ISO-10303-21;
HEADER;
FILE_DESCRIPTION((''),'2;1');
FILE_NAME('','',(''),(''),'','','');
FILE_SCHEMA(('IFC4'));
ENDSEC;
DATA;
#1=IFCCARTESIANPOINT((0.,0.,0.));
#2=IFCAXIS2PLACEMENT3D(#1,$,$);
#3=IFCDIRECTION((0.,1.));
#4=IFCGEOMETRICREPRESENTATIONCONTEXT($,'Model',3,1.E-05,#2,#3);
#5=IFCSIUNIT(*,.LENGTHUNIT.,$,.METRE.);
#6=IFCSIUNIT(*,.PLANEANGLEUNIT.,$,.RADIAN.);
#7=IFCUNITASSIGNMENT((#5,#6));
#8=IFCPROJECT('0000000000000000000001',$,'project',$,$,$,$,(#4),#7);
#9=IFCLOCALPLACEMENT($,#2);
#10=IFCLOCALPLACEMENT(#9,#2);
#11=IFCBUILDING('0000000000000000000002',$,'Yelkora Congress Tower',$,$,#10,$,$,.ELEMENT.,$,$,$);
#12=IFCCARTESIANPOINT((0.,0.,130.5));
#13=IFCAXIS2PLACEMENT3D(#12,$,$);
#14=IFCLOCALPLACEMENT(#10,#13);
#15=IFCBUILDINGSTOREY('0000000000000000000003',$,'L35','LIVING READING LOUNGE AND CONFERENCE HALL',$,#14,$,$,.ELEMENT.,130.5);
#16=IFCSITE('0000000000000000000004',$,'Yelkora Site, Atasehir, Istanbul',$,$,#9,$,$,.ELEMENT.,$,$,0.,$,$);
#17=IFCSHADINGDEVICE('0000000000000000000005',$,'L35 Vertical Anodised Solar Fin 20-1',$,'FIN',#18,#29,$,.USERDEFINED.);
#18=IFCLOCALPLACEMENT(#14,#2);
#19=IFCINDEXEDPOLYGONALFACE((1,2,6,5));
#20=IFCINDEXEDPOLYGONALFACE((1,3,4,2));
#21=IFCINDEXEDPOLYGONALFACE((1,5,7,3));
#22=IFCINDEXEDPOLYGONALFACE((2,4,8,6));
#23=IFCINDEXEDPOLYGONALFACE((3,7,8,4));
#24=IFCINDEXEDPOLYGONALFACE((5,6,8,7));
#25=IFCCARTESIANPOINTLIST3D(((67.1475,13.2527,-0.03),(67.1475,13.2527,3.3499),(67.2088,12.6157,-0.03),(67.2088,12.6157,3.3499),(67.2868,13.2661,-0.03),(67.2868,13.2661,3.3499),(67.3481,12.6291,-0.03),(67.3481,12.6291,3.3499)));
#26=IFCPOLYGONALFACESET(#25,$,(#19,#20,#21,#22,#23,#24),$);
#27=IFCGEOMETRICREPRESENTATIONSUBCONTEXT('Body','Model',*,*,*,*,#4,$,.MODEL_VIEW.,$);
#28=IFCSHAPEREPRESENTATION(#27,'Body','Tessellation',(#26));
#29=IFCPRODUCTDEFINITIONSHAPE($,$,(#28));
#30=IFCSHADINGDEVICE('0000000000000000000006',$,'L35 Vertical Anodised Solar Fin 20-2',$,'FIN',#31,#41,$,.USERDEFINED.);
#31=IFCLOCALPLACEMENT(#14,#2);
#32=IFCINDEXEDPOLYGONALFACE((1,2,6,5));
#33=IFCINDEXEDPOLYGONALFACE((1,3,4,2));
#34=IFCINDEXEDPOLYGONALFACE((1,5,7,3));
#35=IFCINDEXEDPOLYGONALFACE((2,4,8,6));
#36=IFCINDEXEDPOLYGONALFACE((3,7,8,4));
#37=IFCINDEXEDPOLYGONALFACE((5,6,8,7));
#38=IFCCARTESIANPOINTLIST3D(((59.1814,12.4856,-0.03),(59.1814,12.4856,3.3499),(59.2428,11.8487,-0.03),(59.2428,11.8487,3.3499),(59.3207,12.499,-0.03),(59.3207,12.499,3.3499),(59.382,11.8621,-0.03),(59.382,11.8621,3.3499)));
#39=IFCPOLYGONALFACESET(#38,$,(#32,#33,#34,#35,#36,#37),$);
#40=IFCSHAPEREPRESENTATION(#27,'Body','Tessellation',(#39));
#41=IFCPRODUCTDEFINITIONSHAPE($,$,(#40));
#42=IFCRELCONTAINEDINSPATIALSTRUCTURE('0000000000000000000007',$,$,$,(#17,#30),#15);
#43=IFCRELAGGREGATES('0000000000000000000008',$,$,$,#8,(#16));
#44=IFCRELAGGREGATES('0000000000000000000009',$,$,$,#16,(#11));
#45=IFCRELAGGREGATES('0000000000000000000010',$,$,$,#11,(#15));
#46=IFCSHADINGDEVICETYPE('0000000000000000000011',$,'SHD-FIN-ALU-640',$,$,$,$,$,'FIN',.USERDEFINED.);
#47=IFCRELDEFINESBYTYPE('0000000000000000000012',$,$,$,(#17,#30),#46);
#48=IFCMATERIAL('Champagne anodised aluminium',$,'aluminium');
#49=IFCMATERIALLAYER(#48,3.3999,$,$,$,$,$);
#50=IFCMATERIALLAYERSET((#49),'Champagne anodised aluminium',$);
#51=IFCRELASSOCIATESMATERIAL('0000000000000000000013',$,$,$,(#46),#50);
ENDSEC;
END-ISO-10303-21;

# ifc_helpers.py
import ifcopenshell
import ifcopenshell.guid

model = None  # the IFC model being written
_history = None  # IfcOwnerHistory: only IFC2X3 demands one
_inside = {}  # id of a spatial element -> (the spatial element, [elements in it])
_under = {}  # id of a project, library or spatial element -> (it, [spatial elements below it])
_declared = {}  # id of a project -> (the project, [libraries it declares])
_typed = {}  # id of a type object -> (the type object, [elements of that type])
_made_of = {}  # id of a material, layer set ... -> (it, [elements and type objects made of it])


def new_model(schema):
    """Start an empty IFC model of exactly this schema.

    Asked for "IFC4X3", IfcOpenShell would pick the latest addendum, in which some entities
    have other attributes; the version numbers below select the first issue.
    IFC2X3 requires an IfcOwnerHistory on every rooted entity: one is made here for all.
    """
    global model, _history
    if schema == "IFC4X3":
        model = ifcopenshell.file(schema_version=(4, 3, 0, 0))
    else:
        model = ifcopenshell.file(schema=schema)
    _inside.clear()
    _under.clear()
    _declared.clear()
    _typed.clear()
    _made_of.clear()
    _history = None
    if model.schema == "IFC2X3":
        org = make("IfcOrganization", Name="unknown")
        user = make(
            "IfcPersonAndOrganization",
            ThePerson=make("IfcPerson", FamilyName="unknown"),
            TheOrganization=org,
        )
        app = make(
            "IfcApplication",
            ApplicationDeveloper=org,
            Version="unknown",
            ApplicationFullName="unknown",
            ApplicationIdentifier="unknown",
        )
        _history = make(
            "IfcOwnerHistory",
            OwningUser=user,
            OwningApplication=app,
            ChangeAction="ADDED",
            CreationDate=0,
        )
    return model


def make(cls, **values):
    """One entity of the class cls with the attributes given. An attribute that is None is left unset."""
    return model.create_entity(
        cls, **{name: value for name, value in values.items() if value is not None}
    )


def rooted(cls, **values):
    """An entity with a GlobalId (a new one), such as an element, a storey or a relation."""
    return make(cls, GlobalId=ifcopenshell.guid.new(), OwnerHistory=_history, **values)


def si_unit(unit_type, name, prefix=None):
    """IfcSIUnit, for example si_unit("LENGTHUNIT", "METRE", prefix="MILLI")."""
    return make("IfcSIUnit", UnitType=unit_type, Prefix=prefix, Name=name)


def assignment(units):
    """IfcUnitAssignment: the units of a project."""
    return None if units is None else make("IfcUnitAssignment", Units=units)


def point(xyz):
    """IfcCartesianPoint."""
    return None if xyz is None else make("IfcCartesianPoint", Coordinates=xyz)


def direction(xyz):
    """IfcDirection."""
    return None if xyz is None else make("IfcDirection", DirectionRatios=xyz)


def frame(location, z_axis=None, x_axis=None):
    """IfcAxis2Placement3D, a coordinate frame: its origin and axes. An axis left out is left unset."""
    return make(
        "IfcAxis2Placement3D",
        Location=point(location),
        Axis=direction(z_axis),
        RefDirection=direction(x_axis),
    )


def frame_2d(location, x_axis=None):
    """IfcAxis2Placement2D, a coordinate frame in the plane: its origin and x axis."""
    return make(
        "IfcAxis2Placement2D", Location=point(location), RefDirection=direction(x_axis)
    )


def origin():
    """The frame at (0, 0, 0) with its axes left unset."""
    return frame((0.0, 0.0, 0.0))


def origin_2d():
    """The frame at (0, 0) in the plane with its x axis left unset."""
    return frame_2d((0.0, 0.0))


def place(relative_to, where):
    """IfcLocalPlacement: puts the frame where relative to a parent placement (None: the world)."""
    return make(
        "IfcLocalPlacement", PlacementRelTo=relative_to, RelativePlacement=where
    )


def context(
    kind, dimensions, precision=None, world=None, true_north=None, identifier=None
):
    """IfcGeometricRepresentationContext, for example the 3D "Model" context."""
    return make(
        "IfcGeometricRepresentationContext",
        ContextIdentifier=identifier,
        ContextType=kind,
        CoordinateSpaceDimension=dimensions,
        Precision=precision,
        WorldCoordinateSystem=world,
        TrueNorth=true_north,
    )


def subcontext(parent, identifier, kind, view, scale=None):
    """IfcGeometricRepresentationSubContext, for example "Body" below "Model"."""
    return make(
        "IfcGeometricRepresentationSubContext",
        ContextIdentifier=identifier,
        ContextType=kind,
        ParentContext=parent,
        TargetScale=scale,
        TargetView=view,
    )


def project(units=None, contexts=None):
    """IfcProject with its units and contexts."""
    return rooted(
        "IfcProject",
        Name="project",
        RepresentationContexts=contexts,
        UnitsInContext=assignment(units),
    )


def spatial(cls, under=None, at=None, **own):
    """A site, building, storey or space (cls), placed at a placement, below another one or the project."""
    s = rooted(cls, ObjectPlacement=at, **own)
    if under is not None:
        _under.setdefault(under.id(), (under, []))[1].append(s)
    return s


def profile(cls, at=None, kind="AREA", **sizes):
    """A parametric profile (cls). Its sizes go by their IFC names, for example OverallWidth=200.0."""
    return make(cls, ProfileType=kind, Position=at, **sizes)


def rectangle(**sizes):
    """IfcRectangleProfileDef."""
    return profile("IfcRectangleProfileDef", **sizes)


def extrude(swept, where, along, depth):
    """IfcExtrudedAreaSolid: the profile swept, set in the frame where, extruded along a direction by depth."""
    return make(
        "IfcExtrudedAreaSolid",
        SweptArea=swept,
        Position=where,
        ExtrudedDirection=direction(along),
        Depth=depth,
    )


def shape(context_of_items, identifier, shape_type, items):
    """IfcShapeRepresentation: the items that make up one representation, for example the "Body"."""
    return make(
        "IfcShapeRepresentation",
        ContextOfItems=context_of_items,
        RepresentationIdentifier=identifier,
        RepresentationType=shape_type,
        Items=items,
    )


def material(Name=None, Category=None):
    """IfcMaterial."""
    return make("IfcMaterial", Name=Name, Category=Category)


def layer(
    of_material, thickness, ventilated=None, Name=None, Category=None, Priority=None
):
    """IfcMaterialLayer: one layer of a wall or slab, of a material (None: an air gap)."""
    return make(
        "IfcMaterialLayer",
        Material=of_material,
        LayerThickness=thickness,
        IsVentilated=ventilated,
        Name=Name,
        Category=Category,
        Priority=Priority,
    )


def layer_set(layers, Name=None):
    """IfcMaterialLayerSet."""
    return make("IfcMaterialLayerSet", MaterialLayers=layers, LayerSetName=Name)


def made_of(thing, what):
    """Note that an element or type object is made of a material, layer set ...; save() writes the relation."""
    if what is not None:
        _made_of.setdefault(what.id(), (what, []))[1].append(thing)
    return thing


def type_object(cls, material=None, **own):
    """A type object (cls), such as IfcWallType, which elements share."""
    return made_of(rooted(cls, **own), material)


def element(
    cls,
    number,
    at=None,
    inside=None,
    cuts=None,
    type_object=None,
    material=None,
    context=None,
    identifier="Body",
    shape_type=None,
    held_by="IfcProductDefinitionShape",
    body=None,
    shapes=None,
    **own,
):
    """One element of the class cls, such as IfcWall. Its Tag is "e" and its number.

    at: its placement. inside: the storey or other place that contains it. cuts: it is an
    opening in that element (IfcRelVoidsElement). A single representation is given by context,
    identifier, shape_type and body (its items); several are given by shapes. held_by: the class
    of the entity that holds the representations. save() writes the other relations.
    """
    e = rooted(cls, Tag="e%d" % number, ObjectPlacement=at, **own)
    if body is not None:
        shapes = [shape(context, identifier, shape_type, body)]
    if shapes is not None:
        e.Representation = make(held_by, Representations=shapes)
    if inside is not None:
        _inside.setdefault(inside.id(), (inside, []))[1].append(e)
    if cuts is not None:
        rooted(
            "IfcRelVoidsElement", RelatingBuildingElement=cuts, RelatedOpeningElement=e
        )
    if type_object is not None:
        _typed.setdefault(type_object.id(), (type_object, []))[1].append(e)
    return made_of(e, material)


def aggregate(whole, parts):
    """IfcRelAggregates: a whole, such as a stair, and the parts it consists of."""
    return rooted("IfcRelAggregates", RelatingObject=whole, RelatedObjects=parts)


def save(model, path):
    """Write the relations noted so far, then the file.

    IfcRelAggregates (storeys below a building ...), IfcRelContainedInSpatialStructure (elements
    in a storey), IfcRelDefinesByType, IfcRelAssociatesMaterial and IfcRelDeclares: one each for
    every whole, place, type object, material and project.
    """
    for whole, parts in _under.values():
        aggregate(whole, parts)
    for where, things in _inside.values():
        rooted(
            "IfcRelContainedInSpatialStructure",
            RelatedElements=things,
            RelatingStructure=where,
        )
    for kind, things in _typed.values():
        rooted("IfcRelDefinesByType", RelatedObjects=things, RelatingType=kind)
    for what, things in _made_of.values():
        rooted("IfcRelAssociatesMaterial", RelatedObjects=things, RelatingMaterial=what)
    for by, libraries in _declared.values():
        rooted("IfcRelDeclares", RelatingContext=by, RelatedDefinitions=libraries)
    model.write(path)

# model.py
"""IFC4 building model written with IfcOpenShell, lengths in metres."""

from ifc_helpers import new_model, si_unit, direction, frame, origin, origin_2d, place, context, subcontext, project, spatial, rectangle, extrude, material, layer, layer_set, type_object, element, save


model = new_model("IFC4")

# Units and contexts
model_context = context("Model", 3, precision=1e-05, world=origin(), true_north=direction((0.0, 1.0)))
body_context = subcontext(model_context, "Body", "Model", "MODEL_VIEW")
ifc_project = project(units=[si_unit("LENGTHUNIT", "METRE"), si_unit("PLANEANGLEUNIT", "RADIAN")], contexts=[model_context])

# Site, building, storey
site_placement = place(None, origin())
site = spatial("IfcSite", under=ifc_project, at=site_placement, Name="Yelkora Site, Atasehir, Istanbul", CompositionType="ELEMENT", RefElevation=0.0)
building_placement = place(site_placement, origin())
building = spatial("IfcBuilding", under=site, at=building_placement, Name="Yelkora Congress Tower", CompositionType="ELEMENT")
storey_placement = place(building_placement, frame((0.0, 0.0, 130.5)))
storey = spatial("IfcBuildingStorey", under=building, at=storey_placement, Name="L35", Description="LIVING READING LOUNGE AND CONFERENCE HALL", CompositionType="ELEMENT", Elevation=130.5)

# Shading devices
ifc_material_1 = material(Name="Champagne anodised aluminium", Category="aluminium")
ifc_layer_1 = layer(ifc_material_1, 3.3999)
ifc_layer_set_1 = layer_set([ifc_layer_1], Name="Champagne anodised aluminium")
shading_device_type = type_object("IfcShadingDeviceType", Name="SHD-FIN-ALU-640", ElementType="FIN", PredefinedType="USERDEFINED", material=ifc_layer_set_1)
for number, where, z_axis, x_axis, name in (
    (1, (67.2478, 12.9409, -0.03), (0.0, 0.0, 1.0), (-0.995396, -0.095846, 0.0), "L35 Vertical Anodised Solar Fin 20-1"),
    (2, (59.2817, 12.1738, -0.03), (0.0, 0.0, 1.0), (-0.995396, -0.095846, 0.0), "L35 Vertical Anodised Solar Fin 20-2"),
):
    element("IfcShadingDevice", number, at=place(storey_placement, frame(where, z_axis=z_axis, x_axis=x_axis)), inside=storey, type_object=shading_device_type, Name=name, ObjectType="FIN", PredefinedType="USERDEFINED", context=body_context, shape_type="SweptSolid", body=[
        extrude(rectangle(XDim=0.1399, YDim=0.6399, at=origin_2d()), origin(), (0.0, 0.0, 1.0), 3.3799),
    ])

save(model, "model.ifc")
